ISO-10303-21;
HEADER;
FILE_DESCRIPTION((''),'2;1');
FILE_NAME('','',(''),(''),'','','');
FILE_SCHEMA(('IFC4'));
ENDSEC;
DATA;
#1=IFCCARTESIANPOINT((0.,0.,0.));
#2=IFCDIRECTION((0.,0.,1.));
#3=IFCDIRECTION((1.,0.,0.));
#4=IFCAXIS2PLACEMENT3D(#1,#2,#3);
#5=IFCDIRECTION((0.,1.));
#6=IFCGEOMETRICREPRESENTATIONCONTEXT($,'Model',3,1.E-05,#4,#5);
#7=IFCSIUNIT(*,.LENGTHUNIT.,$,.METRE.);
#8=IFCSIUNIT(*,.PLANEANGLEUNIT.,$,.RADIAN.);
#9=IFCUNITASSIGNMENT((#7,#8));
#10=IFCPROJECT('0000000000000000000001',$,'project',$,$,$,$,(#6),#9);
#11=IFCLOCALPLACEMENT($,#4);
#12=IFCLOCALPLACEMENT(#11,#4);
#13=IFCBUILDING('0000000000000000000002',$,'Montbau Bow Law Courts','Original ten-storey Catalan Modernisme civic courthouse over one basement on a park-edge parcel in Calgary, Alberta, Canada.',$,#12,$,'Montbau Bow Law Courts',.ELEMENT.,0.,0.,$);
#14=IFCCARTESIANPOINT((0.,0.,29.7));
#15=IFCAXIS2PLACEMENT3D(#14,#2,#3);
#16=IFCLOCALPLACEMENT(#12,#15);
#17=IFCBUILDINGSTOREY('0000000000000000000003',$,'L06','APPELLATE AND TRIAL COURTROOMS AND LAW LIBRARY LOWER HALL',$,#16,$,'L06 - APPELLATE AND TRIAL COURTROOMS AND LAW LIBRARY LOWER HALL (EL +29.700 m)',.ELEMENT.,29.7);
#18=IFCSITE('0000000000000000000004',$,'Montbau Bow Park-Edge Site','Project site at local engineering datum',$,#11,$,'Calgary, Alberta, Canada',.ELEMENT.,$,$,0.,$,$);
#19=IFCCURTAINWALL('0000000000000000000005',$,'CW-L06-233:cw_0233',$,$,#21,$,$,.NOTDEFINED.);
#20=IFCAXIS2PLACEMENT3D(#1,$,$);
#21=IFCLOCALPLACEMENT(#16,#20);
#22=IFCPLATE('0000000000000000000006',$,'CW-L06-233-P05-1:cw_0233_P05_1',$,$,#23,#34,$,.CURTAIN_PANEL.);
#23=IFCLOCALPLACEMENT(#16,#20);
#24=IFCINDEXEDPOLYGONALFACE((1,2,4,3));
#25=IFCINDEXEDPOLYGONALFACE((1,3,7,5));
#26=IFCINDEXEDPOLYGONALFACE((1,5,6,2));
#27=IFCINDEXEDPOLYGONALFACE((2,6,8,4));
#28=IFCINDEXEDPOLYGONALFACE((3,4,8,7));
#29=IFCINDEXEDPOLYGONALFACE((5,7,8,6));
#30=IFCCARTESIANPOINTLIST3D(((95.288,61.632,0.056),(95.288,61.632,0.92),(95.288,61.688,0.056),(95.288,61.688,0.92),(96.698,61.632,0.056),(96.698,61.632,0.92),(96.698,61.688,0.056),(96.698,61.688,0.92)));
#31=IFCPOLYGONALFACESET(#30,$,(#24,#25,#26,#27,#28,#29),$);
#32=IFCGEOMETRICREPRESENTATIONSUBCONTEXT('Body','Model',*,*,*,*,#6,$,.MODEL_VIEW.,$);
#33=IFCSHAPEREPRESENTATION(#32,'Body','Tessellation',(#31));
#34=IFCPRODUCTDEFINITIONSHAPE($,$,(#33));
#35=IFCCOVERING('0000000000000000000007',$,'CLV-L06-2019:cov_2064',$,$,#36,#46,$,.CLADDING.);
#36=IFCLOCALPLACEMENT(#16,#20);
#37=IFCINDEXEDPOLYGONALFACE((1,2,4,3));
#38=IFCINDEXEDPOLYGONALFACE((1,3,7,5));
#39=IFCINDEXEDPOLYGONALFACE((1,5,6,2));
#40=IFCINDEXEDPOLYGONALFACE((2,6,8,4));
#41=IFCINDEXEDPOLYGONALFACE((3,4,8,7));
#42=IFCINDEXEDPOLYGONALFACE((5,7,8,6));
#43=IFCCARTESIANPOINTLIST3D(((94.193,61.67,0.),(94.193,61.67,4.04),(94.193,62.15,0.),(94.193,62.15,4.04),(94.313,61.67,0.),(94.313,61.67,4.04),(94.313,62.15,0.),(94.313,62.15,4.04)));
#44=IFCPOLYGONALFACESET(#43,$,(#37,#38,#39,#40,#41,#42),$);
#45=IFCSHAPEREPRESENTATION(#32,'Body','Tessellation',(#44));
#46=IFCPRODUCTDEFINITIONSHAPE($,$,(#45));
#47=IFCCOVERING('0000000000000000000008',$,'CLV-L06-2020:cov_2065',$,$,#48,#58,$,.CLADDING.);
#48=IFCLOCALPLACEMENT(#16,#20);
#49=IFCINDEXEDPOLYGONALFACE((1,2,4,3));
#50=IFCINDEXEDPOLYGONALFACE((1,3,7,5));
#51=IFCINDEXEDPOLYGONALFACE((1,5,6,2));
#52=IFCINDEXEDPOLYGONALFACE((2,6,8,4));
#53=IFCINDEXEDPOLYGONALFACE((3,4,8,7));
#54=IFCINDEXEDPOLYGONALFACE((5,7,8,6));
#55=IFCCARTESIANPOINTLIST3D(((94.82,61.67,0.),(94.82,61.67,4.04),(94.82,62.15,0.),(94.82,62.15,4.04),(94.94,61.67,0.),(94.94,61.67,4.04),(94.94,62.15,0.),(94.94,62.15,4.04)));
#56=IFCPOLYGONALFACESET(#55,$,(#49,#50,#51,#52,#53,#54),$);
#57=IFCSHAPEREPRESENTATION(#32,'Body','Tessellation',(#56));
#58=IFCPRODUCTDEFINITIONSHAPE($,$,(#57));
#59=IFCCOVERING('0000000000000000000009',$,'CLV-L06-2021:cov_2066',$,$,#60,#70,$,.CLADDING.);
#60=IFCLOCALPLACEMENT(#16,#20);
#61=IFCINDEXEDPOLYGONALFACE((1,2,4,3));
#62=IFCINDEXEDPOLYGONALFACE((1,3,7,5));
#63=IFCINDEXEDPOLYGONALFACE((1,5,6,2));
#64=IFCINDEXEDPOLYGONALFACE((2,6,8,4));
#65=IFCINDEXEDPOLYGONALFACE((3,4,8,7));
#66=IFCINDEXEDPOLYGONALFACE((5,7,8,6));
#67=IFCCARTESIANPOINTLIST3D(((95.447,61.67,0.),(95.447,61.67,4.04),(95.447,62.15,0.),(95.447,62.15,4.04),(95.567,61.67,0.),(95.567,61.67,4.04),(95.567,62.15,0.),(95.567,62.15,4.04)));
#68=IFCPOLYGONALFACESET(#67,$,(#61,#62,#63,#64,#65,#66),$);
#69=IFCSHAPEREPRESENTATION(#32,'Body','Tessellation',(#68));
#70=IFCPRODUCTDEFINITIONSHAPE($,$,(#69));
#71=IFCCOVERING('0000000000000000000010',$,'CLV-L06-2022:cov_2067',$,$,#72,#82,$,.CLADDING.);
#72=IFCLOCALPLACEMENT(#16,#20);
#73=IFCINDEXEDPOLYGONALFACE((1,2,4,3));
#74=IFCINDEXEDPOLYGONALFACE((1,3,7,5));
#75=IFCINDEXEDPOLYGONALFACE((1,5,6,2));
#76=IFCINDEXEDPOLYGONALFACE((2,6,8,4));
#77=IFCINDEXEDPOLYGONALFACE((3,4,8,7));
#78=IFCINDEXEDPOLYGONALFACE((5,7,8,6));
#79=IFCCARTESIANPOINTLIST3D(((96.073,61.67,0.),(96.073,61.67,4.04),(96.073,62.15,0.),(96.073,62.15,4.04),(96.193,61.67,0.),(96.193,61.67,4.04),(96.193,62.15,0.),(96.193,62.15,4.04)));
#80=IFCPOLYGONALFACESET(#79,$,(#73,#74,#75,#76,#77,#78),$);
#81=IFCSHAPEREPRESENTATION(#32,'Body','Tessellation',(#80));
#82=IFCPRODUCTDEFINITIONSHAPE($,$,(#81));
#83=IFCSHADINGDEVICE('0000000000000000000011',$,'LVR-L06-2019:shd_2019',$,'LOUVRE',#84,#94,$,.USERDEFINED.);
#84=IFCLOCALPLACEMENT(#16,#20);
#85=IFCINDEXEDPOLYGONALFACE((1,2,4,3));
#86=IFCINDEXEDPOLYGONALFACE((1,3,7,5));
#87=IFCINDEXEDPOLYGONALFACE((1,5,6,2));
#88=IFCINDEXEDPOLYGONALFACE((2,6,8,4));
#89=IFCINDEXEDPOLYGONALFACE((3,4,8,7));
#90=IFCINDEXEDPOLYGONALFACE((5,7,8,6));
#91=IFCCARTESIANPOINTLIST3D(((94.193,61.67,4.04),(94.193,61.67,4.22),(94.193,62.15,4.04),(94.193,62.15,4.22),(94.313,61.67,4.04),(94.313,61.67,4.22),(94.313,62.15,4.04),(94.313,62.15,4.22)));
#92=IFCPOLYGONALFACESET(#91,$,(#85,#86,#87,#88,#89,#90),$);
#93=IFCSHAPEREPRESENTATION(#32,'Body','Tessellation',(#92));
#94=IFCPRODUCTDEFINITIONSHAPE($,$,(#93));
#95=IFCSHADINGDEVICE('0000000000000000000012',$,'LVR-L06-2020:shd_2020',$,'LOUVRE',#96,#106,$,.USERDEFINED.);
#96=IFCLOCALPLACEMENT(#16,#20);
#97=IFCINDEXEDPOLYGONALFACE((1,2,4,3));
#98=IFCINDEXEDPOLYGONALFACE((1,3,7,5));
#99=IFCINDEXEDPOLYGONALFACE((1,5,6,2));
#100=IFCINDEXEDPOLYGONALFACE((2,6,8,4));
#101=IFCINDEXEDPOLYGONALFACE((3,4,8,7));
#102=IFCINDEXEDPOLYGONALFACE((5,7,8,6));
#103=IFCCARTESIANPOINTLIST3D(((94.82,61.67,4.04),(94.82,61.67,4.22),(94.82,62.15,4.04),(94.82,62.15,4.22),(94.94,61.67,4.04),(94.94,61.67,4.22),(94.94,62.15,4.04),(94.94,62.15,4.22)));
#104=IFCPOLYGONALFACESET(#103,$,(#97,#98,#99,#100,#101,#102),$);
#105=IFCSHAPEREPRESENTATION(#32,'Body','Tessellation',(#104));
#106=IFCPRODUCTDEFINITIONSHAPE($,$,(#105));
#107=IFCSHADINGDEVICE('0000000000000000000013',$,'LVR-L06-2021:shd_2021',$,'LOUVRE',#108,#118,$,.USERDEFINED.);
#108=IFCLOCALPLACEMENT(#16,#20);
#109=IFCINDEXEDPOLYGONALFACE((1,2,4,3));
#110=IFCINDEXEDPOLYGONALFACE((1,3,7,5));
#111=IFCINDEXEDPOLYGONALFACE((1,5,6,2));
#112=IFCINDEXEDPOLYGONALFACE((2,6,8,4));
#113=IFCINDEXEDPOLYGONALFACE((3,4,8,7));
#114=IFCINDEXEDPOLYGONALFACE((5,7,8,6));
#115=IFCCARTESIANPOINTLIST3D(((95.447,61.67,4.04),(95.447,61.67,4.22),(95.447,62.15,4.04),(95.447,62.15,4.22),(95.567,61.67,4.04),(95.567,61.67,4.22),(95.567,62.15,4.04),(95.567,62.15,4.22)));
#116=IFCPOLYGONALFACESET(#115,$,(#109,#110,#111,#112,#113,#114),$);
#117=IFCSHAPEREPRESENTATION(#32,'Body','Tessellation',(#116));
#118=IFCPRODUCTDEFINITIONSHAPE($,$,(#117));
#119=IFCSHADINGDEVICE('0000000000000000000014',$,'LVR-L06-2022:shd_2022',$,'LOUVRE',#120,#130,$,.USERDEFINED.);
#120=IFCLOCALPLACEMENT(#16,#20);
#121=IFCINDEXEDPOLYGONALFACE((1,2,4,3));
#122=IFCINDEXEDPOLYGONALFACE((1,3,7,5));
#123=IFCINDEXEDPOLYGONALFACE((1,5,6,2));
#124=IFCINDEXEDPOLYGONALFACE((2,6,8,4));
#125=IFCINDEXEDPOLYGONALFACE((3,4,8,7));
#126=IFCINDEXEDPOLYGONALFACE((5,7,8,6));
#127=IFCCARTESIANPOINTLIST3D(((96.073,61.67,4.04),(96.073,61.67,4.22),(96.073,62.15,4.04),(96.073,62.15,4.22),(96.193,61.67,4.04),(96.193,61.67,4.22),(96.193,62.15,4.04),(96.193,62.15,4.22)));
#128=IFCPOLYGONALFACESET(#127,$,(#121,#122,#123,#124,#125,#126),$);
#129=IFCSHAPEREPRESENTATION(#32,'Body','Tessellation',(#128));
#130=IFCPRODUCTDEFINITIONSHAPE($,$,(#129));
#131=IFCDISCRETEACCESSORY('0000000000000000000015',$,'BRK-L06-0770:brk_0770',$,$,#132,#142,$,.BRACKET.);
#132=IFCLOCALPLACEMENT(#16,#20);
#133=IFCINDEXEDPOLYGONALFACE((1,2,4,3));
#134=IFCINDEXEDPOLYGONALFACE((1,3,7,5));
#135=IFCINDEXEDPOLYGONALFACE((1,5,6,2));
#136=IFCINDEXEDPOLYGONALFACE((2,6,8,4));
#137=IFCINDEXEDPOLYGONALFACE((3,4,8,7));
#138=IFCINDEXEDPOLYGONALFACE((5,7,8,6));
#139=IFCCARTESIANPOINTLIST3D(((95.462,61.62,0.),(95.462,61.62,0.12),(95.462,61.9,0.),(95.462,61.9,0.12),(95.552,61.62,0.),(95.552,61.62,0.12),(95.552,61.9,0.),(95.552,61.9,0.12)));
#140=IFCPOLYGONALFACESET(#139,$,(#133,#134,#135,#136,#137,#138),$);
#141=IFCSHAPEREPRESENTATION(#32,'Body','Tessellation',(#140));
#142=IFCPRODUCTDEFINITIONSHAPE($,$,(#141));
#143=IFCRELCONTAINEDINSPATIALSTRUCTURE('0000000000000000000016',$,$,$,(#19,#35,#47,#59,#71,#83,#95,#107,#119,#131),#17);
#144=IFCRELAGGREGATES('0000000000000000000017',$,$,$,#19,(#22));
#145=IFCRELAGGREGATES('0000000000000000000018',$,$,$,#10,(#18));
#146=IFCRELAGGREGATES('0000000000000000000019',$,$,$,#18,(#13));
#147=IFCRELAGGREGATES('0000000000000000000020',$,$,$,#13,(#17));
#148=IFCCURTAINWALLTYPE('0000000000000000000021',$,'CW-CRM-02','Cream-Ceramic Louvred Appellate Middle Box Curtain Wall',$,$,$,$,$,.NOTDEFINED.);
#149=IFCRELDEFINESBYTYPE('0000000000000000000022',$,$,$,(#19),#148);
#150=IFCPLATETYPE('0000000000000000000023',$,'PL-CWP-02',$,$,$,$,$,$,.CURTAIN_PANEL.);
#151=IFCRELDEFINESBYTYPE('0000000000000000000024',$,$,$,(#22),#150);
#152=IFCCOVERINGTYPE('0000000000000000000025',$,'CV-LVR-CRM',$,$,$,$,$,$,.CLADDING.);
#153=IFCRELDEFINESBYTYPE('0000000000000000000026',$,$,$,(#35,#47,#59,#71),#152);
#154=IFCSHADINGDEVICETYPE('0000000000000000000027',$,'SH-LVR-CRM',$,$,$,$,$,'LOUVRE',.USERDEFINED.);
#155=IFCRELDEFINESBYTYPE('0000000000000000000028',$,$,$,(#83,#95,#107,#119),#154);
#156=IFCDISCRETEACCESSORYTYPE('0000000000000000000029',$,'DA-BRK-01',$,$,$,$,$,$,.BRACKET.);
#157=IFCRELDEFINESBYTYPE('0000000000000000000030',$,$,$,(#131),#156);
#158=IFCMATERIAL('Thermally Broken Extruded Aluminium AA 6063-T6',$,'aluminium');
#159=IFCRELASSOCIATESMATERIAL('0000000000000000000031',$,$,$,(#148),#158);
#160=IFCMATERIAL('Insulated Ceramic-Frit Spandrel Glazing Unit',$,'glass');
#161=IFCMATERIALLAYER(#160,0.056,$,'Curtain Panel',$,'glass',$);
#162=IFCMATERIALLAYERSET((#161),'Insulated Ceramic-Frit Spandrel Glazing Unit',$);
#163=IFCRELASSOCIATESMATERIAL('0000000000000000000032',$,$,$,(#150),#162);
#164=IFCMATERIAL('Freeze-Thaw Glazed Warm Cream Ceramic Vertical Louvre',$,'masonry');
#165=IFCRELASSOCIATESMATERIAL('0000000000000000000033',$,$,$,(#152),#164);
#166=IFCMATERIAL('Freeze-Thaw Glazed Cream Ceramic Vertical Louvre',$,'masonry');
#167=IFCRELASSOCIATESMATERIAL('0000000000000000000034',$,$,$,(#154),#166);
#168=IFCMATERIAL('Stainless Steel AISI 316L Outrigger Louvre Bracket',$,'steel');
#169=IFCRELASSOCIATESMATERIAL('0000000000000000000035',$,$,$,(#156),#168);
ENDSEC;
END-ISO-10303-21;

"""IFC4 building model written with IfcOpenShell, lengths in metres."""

from ifc_helpers import new_model, si_unit, direction, frame, frame_2d, origin_with_axes, origin_2d_with_axis, place, context, subcontext, project, spatial, rectangle, extrude, material, layer, layer_set, type_object, element, aggregate, save


model = new_model("IFC4")

# Units and contexts
model_context = context("Model", 3, precision=1e-05, world=origin_with_axes(), true_north=direction((0.0, 1.0)))
body_context = subcontext(model_context, "Body", "Model", "MODEL_VIEW")
ifc_project = project(units=[si_unit("LENGTHUNIT", "METRE"), si_unit("PLANEANGLEUNIT", "RADIAN")], contexts=[model_context])

# Site, building, storey
site_placement = place(None, origin_with_axes())
site = spatial("IfcSite", under=ifc_project, at=site_placement, Name="Montbau Bow Park-Edge Site", Description="Project site at local engineering datum", LongName="Calgary, Alberta, Canada", CompositionType="ELEMENT", RefElevation=0.0)
building_placement = place(site_placement, origin_with_axes())
building = spatial("IfcBuilding", under=site, at=building_placement, Name="Montbau Bow Law Courts", Description="Original ten-storey Catalan Modernisme civic courthouse over one basement on a park-edge parcel in Calgary, Alberta, Canada.", LongName="Montbau Bow Law Courts", CompositionType="ELEMENT", ElevationOfRefHeight=0.0, ElevationOfTerrain=0.0)
storey_placement = place(building_placement, frame((0.0, 0.0, 29.7), z_axis=(0.0, 0.0, 1.0), x_axis=(1.0, 0.0, 0.0)))
storey = spatial("IfcBuildingStorey", under=building, at=storey_placement, Name="L06", Description="APPELLATE AND TRIAL COURTROOMS AND LAW LIBRARY LOWER HALL", LongName="L06 - APPELLATE AND TRIAL COURTROOMS AND LAW LIBRARY LOWER HALL (EL +29.700 m)", CompositionType="ELEMENT", Elevation=29.7)

# Curtain wall, plate
ifc_material_1 = material(Name="Thermally Broken Extruded Aluminium AA 6063-T6", Category="aluminium")
curtain_wall_type = type_object("IfcCurtainWallType", Name="CW-CRM-02", Description="Cream-Ceramic Louvred Appellate Middle Box Curtain Wall", PredefinedType="NOTDEFINED", material=ifc_material_1)
curtain_wall_placement = place(None, frame((89.24, 61.66, 29.7), z_axis=(0.0, 0.0, 1.0), x_axis=(1.0, 0.0, 0.0)))
curtain_wall = element("IfcCurtainWall", 1, at=curtain_wall_placement, inside=storey, type_object=curtain_wall_type, Name="CW-L06-233:cw_0233", PredefinedType="NOTDEFINED")
ifc_material_2 = material(Name="Insulated Ceramic-Frit Spandrel Glazing Unit", Category="glass")
ifc_layer_1 = layer(ifc_material_2, 0.056, Name="Curtain Panel", Category="glass")
ifc_layer_set_1 = layer_set([ifc_layer_1], Name="Insulated Ceramic-Frit Spandrel Glazing Unit")
plate_type_1 = type_object("IfcPlateType", Name="PL-CWP-02", PredefinedType="CURTAIN_PANEL", material=ifc_layer_set_1)
plate_1_placement = place(None, frame((95.288, 61.66, 29.756), z_axis=(0.0, -1.0, 0.0), x_axis=(1.0, 0.0, 0.0)))
plate_1 = element("IfcPlate", 2, at=plate_1_placement, type_object=plate_type_1, Name="CW-L06-233-P05-1:cw_0233_P05_1", PredefinedType="CURTAIN_PANEL", context=body_context, shape_type="SweptSolid", body=[
    extrude(rectangle(XDim=1.41, YDim=0.864, at=frame_2d((0.705, 0.432), x_axis=(1.0, 0.0))), frame((0.0, 0.0, -0.028), z_axis=(0.0, 0.0, 1.0), x_axis=(1.0, 0.0, 0.0)), (0.0, 0.0, 1.0), 0.056),
])
aggregate(curtain_wall, [plate_1])

# Coverings
ifc_material_3 = material(Name="Freeze-Thaw Glazed Warm Cream Ceramic Vertical Louvre", Category="masonry")
covering_type = type_object("IfcCoveringType", Name="CV-LVR-CRM", PredefinedType="CLADDING", material=ifc_material_3)
for number, where, z_axis, x_axis, name in (
    (3, (94.253, 61.67, 29.7), (1.0, 0.0, 0.0), (0.0, 1.0, 0.0), "CLV-L06-2019:cov_2064"),
    (4, (94.88, 61.67, 29.7), (1.0, 0.0, 0.0), (0.0, 1.0, 0.0), "CLV-L06-2020:cov_2065"),
    (5, (95.507, 61.67, 29.7), (1.0, 0.0, 0.0), (0.0, 1.0, 0.0), "CLV-L06-2021:cov_2066"),
    (6, (96.133, 61.67, 29.7), (1.0, 0.0, 0.0), (0.0, 1.0, 0.0), "CLV-L06-2022:cov_2067"),
):
    element("IfcCovering", number, at=place(None, frame(where, z_axis=z_axis, x_axis=x_axis)), inside=storey, type_object=covering_type, Name=name, PredefinedType="CLADDING", context=body_context, shape_type="SweptSolid", body=[
        extrude(rectangle(XDim=0.48, YDim=4.04, at=frame_2d((0.24, 2.02), x_axis=(1.0, 0.0))), frame((0.0, 0.0, -0.06), z_axis=(0.0, 0.0, 1.0), x_axis=(1.0, 0.0, 0.0)), (0.0, 0.0, 1.0), 0.12),
    ])

# Shading devices
ifc_material_4 = material(Name="Freeze-Thaw Glazed Cream Ceramic Vertical Louvre", Category="masonry")
shading_device_type = type_object("IfcShadingDeviceType", Name="SH-LVR-CRM", ElementType="LOUVRE", PredefinedType="USERDEFINED", material=ifc_material_4)
for number, where, z_axis, x_axis, name in (
    (7, (94.253, 61.91, 33.74), (0.0, 0.0, 1.0), (0.0, 1.0, 0.0), "LVR-L06-2019:shd_2019"),
    (8, (94.88, 61.91, 33.74), (0.0, 0.0, 1.0), (0.0, 1.0, 0.0), "LVR-L06-2020:shd_2020"),
    (9, (95.507, 61.91, 33.74), (0.0, 0.0, 1.0), (0.0, 1.0, 0.0), "LVR-L06-2021:shd_2021"),
    (10, (96.133, 61.91, 33.74), (0.0, 0.0, 1.0), (0.0, 1.0, 0.0), "LVR-L06-2022:shd_2022"),
):
    element("IfcShadingDevice", number, at=place(None, frame(where, z_axis=z_axis, x_axis=x_axis)), inside=storey, type_object=shading_device_type, Name=name, ObjectType="LOUVRE", PredefinedType="USERDEFINED", context=body_context, shape_type="SweptSolid", body=[
        extrude(rectangle(XDim=0.48, YDim=0.12, at=origin_2d_with_axis()), origin_with_axes(), (0.0, 0.0, 1.0), 0.18),
    ])

# Discrete accessory
ifc_material_5 = material(Name="Stainless Steel AISI 316L Outrigger Louvre Bracket", Category="steel")
discrete_accessory_type = type_object("IfcDiscreteAccessoryType", Name="DA-BRK-01", PredefinedType="BRACKET", material=ifc_material_5)
discrete_accessory_placement = place(None, frame((95.507, 61.76, 29.7), z_axis=(0.0, 0.0, 1.0), x_axis=(0.0, 1.0, 0.0)))
element("IfcDiscreteAccessory", 11, at=discrete_accessory_placement, inside=storey, type_object=discrete_accessory_type, Name="BRK-L06-0770:brk_0770", PredefinedType="BRACKET", context=body_context, shape_type="SweptSolid", body=[
    extrude(rectangle(XDim=0.28, YDim=0.09, at=origin_2d_with_axis()), origin_with_axes(), (0.0, 0.0, 1.0), 0.12),
])

save(model, "model.ifc")
